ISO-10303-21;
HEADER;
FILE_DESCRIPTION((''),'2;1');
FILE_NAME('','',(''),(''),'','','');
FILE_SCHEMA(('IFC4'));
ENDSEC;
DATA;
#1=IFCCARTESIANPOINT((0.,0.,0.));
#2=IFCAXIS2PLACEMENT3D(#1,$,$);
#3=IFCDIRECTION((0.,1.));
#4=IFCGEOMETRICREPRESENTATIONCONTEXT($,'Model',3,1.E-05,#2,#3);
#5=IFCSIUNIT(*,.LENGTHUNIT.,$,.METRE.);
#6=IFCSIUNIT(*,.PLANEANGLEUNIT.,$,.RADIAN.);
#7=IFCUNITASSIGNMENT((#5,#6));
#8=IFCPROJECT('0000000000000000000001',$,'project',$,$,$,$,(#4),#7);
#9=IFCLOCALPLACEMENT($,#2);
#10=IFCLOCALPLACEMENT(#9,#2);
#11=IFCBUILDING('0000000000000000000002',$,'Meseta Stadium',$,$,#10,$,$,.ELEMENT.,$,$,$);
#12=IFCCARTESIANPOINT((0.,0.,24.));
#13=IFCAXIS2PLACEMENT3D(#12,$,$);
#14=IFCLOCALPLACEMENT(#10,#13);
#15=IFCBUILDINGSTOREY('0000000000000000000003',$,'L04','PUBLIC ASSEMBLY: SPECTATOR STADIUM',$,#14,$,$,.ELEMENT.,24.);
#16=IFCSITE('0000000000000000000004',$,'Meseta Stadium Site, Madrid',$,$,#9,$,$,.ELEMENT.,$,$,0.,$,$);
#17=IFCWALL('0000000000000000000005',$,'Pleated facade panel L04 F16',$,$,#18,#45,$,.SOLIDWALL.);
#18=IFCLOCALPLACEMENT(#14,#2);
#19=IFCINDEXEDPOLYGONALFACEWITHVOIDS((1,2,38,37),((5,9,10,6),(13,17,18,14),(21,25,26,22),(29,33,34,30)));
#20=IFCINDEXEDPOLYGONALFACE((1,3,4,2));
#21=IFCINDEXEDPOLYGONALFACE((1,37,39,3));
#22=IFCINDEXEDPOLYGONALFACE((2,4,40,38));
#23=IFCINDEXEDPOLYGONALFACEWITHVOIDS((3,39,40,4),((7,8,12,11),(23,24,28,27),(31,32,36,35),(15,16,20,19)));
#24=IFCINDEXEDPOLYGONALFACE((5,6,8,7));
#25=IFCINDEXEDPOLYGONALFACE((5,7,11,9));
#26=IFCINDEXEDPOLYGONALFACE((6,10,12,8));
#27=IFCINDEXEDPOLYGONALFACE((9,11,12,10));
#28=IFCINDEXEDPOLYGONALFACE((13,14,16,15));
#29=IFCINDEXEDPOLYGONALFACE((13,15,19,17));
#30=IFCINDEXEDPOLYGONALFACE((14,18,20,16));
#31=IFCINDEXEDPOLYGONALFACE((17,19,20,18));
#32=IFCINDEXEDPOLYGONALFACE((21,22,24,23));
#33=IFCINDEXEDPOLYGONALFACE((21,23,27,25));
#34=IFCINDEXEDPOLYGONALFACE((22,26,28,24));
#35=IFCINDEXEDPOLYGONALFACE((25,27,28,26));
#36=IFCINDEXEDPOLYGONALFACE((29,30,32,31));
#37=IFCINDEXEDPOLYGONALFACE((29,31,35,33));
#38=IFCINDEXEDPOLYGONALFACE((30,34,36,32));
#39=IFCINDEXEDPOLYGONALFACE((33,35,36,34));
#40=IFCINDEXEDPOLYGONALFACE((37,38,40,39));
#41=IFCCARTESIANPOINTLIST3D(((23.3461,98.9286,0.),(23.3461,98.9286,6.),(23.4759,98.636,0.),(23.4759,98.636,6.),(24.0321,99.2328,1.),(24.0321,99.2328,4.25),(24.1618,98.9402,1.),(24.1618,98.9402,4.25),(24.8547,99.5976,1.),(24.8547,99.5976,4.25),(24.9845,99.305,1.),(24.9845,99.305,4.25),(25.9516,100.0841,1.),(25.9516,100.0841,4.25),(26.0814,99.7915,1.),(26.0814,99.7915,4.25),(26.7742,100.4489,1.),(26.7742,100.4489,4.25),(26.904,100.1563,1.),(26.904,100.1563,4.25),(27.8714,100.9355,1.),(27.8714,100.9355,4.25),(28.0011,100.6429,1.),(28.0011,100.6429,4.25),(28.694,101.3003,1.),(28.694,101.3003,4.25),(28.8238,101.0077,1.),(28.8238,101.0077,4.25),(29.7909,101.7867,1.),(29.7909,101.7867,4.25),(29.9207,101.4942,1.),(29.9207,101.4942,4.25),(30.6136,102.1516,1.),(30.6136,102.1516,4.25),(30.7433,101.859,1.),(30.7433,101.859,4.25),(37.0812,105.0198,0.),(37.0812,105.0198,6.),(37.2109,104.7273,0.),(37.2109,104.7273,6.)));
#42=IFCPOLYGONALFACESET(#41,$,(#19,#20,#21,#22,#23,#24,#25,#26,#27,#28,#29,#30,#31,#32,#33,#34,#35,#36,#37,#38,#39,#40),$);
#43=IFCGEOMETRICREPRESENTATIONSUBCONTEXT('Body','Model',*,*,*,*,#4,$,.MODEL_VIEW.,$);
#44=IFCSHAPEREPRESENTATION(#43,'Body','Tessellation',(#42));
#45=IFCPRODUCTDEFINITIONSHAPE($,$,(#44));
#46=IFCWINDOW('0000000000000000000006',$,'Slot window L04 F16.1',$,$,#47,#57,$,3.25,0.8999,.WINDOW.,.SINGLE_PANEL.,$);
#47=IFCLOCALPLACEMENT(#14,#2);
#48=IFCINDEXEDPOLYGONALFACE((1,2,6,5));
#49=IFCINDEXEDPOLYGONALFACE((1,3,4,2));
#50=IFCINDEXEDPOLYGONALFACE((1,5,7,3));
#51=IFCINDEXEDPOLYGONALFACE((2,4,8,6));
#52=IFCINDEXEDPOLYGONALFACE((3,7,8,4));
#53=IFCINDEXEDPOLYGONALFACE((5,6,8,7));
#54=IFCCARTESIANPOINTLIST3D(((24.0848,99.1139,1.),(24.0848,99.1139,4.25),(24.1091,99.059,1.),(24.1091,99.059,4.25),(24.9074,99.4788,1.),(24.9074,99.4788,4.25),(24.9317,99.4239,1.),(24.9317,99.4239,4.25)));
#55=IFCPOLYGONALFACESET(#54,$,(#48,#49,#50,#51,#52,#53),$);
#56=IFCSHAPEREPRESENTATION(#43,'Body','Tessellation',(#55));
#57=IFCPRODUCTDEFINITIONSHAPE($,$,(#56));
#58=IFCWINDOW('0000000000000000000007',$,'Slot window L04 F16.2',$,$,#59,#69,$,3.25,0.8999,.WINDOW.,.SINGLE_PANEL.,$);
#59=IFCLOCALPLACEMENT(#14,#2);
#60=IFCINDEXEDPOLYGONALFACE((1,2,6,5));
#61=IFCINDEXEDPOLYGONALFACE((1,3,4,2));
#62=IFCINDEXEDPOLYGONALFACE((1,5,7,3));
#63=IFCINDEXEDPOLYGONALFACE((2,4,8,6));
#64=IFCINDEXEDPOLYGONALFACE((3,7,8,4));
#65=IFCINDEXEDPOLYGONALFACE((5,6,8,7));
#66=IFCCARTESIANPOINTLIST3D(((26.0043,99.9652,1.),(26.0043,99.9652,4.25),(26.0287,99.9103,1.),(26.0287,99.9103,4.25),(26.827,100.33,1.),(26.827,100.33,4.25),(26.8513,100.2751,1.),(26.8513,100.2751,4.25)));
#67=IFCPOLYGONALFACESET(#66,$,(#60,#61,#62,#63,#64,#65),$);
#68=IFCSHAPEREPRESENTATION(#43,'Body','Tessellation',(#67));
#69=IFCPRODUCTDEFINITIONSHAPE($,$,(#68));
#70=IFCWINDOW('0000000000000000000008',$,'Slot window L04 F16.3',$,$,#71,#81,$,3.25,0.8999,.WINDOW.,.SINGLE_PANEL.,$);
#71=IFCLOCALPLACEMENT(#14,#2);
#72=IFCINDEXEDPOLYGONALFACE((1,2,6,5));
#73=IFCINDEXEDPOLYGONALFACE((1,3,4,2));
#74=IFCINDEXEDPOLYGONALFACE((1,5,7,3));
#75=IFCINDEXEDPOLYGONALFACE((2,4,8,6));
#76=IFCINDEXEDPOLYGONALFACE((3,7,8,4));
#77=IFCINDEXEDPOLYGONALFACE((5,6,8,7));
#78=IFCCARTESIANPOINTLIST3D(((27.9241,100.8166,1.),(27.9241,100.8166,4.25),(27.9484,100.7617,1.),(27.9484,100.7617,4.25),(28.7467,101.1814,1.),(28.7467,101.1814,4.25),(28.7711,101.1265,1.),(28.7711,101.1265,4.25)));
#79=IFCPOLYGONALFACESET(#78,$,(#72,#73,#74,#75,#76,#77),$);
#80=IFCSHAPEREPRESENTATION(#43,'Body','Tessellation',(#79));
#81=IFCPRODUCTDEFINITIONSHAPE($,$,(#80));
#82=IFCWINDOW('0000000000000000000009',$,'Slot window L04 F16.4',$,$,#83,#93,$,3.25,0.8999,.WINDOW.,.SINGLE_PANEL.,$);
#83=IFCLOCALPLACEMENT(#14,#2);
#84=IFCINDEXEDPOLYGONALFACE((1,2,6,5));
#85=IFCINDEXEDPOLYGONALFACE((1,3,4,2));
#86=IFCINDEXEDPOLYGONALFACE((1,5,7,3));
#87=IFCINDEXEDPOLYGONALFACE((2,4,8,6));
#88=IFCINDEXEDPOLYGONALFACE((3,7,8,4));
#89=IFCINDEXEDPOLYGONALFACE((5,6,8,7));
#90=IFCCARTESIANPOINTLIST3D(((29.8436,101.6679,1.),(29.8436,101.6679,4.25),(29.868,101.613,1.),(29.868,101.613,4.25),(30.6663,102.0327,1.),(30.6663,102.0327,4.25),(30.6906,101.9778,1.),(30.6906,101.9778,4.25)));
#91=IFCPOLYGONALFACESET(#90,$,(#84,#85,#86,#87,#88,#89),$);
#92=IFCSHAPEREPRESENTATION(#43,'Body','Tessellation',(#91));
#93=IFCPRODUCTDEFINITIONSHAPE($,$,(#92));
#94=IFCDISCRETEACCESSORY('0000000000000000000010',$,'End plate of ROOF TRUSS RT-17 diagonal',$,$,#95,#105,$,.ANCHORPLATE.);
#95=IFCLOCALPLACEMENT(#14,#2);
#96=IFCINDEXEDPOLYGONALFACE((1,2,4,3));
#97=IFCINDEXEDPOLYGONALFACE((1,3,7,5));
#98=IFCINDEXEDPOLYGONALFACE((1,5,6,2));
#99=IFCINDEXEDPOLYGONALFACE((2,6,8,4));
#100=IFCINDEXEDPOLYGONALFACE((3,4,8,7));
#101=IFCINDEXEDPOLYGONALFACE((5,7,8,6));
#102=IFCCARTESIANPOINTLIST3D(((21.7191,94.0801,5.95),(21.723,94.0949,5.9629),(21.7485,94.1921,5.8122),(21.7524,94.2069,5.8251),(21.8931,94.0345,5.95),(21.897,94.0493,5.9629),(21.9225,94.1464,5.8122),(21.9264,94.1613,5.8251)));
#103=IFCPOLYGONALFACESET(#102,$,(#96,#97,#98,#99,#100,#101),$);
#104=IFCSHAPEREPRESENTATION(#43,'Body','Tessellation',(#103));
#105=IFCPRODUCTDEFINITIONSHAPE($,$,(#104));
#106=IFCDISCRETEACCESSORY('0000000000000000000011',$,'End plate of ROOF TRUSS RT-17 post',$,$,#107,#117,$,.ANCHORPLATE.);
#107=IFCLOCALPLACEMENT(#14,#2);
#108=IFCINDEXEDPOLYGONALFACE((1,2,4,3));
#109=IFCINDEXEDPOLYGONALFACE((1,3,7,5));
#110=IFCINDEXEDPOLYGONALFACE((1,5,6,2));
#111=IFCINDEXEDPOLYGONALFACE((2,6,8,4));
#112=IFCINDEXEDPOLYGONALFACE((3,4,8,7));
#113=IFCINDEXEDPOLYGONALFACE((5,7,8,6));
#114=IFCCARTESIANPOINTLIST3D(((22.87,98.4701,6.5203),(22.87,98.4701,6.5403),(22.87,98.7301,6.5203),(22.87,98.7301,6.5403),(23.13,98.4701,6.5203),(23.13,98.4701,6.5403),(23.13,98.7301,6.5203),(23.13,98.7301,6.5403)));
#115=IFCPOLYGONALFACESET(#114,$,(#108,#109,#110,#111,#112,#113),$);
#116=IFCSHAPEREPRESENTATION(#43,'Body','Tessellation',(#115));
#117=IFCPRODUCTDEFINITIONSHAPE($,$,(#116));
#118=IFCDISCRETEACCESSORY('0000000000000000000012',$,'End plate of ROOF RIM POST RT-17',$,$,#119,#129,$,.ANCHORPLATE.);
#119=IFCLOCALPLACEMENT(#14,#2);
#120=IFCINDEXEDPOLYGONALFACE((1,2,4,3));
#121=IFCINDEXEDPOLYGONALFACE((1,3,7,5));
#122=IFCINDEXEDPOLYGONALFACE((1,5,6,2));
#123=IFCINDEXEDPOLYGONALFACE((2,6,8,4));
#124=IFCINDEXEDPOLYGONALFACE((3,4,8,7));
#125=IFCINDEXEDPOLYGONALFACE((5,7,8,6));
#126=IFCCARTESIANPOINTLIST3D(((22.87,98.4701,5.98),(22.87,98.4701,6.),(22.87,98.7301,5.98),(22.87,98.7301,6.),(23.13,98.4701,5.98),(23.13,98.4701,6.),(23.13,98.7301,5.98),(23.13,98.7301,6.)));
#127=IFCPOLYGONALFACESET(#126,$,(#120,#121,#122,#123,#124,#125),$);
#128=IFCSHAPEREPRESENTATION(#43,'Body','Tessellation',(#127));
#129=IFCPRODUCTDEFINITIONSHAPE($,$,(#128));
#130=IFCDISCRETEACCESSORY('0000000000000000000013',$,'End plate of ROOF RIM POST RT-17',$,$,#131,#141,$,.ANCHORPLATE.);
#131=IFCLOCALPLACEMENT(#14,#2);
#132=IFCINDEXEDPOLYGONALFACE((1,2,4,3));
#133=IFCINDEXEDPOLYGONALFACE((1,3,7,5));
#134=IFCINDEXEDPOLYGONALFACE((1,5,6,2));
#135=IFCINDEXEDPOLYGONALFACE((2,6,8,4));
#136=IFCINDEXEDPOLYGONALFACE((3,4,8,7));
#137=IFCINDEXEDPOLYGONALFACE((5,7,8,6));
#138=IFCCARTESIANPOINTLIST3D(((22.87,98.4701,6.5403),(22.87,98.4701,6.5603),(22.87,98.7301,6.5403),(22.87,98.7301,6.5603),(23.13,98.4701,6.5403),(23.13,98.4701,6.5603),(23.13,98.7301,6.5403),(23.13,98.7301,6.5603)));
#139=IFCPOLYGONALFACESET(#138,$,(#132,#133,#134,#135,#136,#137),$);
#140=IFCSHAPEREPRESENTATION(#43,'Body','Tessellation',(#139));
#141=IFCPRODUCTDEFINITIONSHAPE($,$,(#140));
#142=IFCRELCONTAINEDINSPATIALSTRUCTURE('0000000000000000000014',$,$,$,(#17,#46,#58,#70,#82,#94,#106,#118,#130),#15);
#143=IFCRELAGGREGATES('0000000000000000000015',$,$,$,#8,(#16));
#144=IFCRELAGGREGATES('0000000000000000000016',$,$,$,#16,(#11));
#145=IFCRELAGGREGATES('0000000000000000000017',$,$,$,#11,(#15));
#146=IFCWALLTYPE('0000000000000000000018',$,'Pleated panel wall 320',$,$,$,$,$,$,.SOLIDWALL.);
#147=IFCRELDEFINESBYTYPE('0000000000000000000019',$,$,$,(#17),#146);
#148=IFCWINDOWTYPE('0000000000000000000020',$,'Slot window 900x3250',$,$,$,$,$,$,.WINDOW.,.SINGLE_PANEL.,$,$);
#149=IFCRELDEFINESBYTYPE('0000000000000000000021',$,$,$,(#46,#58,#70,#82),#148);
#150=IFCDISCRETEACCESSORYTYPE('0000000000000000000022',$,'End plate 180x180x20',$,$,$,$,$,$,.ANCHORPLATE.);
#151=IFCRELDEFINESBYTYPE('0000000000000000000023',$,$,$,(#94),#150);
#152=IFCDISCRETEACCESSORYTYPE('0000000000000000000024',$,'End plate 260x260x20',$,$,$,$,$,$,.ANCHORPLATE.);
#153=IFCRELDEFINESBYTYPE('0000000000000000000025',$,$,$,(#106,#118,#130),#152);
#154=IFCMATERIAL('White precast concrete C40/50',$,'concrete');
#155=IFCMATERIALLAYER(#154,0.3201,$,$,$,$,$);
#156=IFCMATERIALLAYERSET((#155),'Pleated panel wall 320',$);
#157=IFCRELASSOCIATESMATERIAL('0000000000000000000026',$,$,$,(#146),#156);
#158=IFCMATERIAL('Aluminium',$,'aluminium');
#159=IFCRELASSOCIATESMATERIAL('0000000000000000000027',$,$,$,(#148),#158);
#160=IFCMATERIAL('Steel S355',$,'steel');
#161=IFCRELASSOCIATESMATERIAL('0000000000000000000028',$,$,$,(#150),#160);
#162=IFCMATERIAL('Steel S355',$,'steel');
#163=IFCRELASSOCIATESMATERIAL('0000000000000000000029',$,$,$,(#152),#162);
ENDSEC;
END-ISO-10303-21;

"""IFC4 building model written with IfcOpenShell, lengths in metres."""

from ifc_helpers import new_model, si_unit, direction, frame, frame_2d, origin, origin_2d, place, context, subcontext, project, spatial, rectangle, extrude, material, layer, layer_set, material_profile, profile_set, type_object, element, fill, save


model = new_model("IFC4")

# Units and contexts
model_context = context("Model", 3, precision=1e-05, world=origin(), true_north=direction((0.0, 1.0)))
body_context = subcontext(model_context, "Body", "Model", "MODEL_VIEW")
ifc_project = project(units=[si_unit("LENGTHUNIT", "METRE"), si_unit("PLANEANGLEUNIT", "RADIAN")], contexts=[model_context])

# Site, building, storey
site_placement = place(None, origin())
site = spatial("IfcSite", under=ifc_project, at=site_placement, Name="Meseta Stadium Site, Madrid", CompositionType="ELEMENT", RefElevation=0.0)
building_placement = place(site_placement, origin())
building = spatial("IfcBuilding", under=site, at=building_placement, Name="Meseta Stadium", CompositionType="ELEMENT")
storey_placement = place(building_placement, frame((0.0, 0.0, 24.0)))
storey = spatial("IfcBuildingStorey", under=building, at=storey_placement, Name="L04", Description="PUBLIC ASSEMBLY: SPECTATOR STADIUM", CompositionType="ELEMENT", Elevation=24.0)

# Wall, openings, windows
ifc_material_1 = material(Name="White precast concrete C40/50", Category="concrete")
ifc_layer_1 = layer(ifc_material_1, 0.3201)
ifc_layer_set_1 = layer_set([ifc_layer_1], Name="Pleated panel wall 320")
wall_type_1 = type_object("IfcWallType", Name="Pleated panel wall 320", PredefinedType="SOLIDWALL", material=ifc_layer_set_1)
wall_1_placement = place(storey_placement, frame((23.4109, 98.7822, 0.0), z_axis=(0.0, 0.0, 1.0), x_axis=(0.914137, 0.405406, 0.0)))
wall_1 = element("IfcWall", 1, at=wall_1_placement, inside=storey, type_object=wall_type_1, Name="Pleated facade panel L04 F16", PredefinedType="SOLIDWALL", context=body_context, shape_type="SweptSolid", body=[
    extrude(rectangle(XDim=15.0251, YDim=0.3201, at=frame_2d((7.5127, 0.0))), origin(), (0.0, 0.0, 1.0), 6.0),
])
opening_1_placement = place(wall_1_placement, frame((0.7505, 0.0, 1.0)))
opening_1 = element("IfcOpeningElement", 2, at=opening_1_placement, cuts=wall_1, PredefinedType="OPENING", context=body_context, shape_type="SweptSolid", body=[
    extrude(rectangle(XDim=0.8999, YDim=3.25, at=frame_2d((0.45, 1.625))), frame((0.0, 0.1699, 0.0), z_axis=(0.0, -1.0, 0.0), x_axis=(1.0, 0.0, 0.0)), (0.0, 0.0, 1.0), 0.3401),
])
opening_2_placement = place(wall_1_placement, frame((2.8503, 0.0, 1.0)))
opening_2 = element("IfcOpeningElement", 3, at=opening_2_placement, cuts=wall_1, PredefinedType="OPENING", context=body_context, shape_type="SweptSolid", body=[
    extrude(rectangle(XDim=0.8999, YDim=3.25, at=frame_2d((0.45, 1.625))), frame((0.0, 0.1699, 0.0), z_axis=(0.0, -1.0, 0.0), x_axis=(1.0, 0.0, 0.0)), (0.0, 0.0, 1.0), 0.3401),
])
opening_3_placement = place(wall_1_placement, frame((4.9504, 0.0, 1.0)))
opening_3 = element("IfcOpeningElement", 4, at=opening_3_placement, cuts=wall_1, PredefinedType="OPENING", context=body_context, shape_type="SweptSolid", body=[
    extrude(rectangle(XDim=0.8999, YDim=3.25, at=frame_2d((0.45, 1.625))), frame((0.0, 0.1699, 0.0), z_axis=(0.0, -1.0, 0.0), x_axis=(1.0, 0.0, 0.0)), (0.0, 0.0, 1.0), 0.3401),
])
opening_4_placement = place(wall_1_placement, frame((7.0503, 0.0, 1.0)))
opening_4 = element("IfcOpeningElement", 5, at=opening_4_placement, cuts=wall_1, PredefinedType="OPENING", context=body_context, shape_type="SweptSolid", body=[
    extrude(rectangle(XDim=0.8999, YDim=3.25, at=frame_2d((0.45, 1.625))), frame((0.0, 0.1699, 0.0), z_axis=(0.0, -1.0, 0.0), x_axis=(1.0, 0.0, 0.0)), (0.0, 0.0, 1.0), 0.3401),
])
ifc_material_2 = material(Name="Aluminium", Category="aluminium")
window_type_1 = type_object("IfcWindowType", Name="Slot window 900x3250", PartitioningType="SINGLE_PANEL", PredefinedType="WINDOW", material=ifc_material_2)
window_1_placement = place(opening_1_placement, origin())
window_1 = element("IfcWindow", 6, at=window_1_placement, inside=storey, type_object=window_type_1, Name="Slot window L04 F16.1", OverallHeight=3.25, OverallWidth=0.8999, PartitioningType="SINGLE_PANEL", PredefinedType="WINDOW", context=body_context, shape_type="SweptSolid", body=[
    extrude(rectangle(XDim=0.8999, YDim=3.25, at=frame_2d((0.45, 1.625))), frame((0.0, 0.03, 0.0), z_axis=(0.0, -1.0, 0.0), x_axis=(1.0, 0.0, 0.0)), (0.0, 0.0, 1.0), 0.0601),
])
fill(opening_1, window_1)
window_2_placement = place(opening_2_placement, origin())
window_2 = element("IfcWindow", 7, at=window_2_placement, inside=storey, type_object=window_type_1, Name="Slot window L04 F16.2", OverallHeight=3.25, OverallWidth=0.8999, PartitioningType="SINGLE_PANEL", PredefinedType="WINDOW", context=body_context, shape_type="SweptSolid", body=[
    extrude(rectangle(XDim=0.8999, YDim=3.25, at=frame_2d((0.45, 1.625))), frame((0.0, 0.03, 0.0), z_axis=(0.0, -1.0, 0.0), x_axis=(1.0, 0.0, 0.0)), (0.0, 0.0, 1.0), 0.0601),
])
fill(opening_2, window_2)
window_3_placement = place(opening_3_placement, origin())
window_3 = element("IfcWindow", 8, at=window_3_placement, inside=storey, type_object=window_type_1, Name="Slot window L04 F16.3", OverallHeight=3.25, OverallWidth=0.8999, PartitioningType="SINGLE_PANEL", PredefinedType="WINDOW", context=body_context, shape_type="SweptSolid", body=[
    extrude(rectangle(XDim=0.8999, YDim=3.25, at=frame_2d((0.45, 1.625))), frame((0.0, 0.03, 0.0), z_axis=(0.0, -1.0, 0.0), x_axis=(1.0, 0.0, 0.0)), (0.0, 0.0, 1.0), 0.0601),
])
fill(opening_3, window_3)
window_4_placement = place(opening_4_placement, origin())
window_4 = element("IfcWindow", 9, at=window_4_placement, inside=storey, type_object=window_type_1, Name="Slot window L04 F16.4", OverallHeight=3.25, OverallWidth=0.8999, PartitioningType="SINGLE_PANEL", PredefinedType="WINDOW", context=body_context, shape_type="SweptSolid", body=[
    extrude(rectangle(XDim=0.8999, YDim=3.25, at=frame_2d((0.45, 1.625))), frame((0.0, 0.03, 0.0), z_axis=(0.0, -1.0, 0.0), x_axis=(1.0, 0.0, 0.0)), (0.0, 0.0, 1.0), 0.0601),
])
fill(opening_4, window_4)

# Discrete accessories
ifc_material_3 = material(Name="Steel S355", Category="steel")
ifc_material_profile_1 = material_profile(ifc_material_3, rectangle(XDim=0.1799, YDim=0.1799, at=origin_2d()), Name="PL 180x180")
ifc_profile_set_1 = profile_set([ifc_material_profile_1], Name="Steel S355")
discrete_accessory_type_1 = type_object("IfcDiscreteAccessoryType", Name="End plate 180x180x20", PredefinedType="ANCHORPLATE", material=ifc_profile_set_1)
discrete_accessory_placement = place(storey_placement, frame((21.8208, 94.1133, 5.8811), z_axis=(0.194229, 0.740496, 0.643382), x_axis=(-0.96728, 0.253713, 0.0)))
element("IfcDiscreteAccessory", 10, at=discrete_accessory_placement, inside=storey, type_object=discrete_accessory_type_1, Name="End plate of ROOF TRUSS RT-17 diagonal", PredefinedType="ANCHORPLATE", context=body_context, shape_type="SweptSolid", body=[
    extrude(rectangle(XDim=0.1799, YDim=0.1799, at=origin_2d()), origin(), (0.0, 0.0, 1.0), 0.02),
])
ifc_material_4 = material(Name="Steel S355", Category="steel")
ifc_material_profile_2 = material_profile(ifc_material_4, rectangle(XDim=0.26, YDim=0.26, at=origin_2d()), Name="PL 260x260")
ifc_profile_set_2 = profile_set([ifc_material_profile_2], Name="Steel S355")
discrete_accessory_type_2 = type_object("IfcDiscreteAccessoryType", Name="End plate 260x260x20", PredefinedType="ANCHORPLATE", material=ifc_profile_set_2)
for number, where, z_axis, x_axis, name in (
    (11, (23.0, 98.6001, 6.5203), (0.0, 0.0, 1.0), (1.0, 0.0, 0.0), "End plate of ROOF TRUSS RT-17 post"),
    (12, (23.0, 98.6001, 5.98), (0.0, 0.0, 1.0), (1.0, 0.0, 0.0), "End plate of ROOF RIM POST RT-17"),
    (13, (23.0, 98.6001, 6.5403), (0.0, 0.0, 1.0), (1.0, 0.0, 0.0), "End plate of ROOF RIM POST RT-17"),
):
    element("IfcDiscreteAccessory", number, at=place(storey_placement, frame(where, z_axis=z_axis, x_axis=x_axis)), inside=storey, type_object=discrete_accessory_type_2, Name=name, PredefinedType="ANCHORPLATE", context=body_context, shape_type="SweptSolid", body=[
        extrude(rectangle(XDim=0.26, YDim=0.26, at=origin_2d()), origin(), (0.0, 0.0, 1.0), 0.02),
    ])

save(model, "model.ifc")
